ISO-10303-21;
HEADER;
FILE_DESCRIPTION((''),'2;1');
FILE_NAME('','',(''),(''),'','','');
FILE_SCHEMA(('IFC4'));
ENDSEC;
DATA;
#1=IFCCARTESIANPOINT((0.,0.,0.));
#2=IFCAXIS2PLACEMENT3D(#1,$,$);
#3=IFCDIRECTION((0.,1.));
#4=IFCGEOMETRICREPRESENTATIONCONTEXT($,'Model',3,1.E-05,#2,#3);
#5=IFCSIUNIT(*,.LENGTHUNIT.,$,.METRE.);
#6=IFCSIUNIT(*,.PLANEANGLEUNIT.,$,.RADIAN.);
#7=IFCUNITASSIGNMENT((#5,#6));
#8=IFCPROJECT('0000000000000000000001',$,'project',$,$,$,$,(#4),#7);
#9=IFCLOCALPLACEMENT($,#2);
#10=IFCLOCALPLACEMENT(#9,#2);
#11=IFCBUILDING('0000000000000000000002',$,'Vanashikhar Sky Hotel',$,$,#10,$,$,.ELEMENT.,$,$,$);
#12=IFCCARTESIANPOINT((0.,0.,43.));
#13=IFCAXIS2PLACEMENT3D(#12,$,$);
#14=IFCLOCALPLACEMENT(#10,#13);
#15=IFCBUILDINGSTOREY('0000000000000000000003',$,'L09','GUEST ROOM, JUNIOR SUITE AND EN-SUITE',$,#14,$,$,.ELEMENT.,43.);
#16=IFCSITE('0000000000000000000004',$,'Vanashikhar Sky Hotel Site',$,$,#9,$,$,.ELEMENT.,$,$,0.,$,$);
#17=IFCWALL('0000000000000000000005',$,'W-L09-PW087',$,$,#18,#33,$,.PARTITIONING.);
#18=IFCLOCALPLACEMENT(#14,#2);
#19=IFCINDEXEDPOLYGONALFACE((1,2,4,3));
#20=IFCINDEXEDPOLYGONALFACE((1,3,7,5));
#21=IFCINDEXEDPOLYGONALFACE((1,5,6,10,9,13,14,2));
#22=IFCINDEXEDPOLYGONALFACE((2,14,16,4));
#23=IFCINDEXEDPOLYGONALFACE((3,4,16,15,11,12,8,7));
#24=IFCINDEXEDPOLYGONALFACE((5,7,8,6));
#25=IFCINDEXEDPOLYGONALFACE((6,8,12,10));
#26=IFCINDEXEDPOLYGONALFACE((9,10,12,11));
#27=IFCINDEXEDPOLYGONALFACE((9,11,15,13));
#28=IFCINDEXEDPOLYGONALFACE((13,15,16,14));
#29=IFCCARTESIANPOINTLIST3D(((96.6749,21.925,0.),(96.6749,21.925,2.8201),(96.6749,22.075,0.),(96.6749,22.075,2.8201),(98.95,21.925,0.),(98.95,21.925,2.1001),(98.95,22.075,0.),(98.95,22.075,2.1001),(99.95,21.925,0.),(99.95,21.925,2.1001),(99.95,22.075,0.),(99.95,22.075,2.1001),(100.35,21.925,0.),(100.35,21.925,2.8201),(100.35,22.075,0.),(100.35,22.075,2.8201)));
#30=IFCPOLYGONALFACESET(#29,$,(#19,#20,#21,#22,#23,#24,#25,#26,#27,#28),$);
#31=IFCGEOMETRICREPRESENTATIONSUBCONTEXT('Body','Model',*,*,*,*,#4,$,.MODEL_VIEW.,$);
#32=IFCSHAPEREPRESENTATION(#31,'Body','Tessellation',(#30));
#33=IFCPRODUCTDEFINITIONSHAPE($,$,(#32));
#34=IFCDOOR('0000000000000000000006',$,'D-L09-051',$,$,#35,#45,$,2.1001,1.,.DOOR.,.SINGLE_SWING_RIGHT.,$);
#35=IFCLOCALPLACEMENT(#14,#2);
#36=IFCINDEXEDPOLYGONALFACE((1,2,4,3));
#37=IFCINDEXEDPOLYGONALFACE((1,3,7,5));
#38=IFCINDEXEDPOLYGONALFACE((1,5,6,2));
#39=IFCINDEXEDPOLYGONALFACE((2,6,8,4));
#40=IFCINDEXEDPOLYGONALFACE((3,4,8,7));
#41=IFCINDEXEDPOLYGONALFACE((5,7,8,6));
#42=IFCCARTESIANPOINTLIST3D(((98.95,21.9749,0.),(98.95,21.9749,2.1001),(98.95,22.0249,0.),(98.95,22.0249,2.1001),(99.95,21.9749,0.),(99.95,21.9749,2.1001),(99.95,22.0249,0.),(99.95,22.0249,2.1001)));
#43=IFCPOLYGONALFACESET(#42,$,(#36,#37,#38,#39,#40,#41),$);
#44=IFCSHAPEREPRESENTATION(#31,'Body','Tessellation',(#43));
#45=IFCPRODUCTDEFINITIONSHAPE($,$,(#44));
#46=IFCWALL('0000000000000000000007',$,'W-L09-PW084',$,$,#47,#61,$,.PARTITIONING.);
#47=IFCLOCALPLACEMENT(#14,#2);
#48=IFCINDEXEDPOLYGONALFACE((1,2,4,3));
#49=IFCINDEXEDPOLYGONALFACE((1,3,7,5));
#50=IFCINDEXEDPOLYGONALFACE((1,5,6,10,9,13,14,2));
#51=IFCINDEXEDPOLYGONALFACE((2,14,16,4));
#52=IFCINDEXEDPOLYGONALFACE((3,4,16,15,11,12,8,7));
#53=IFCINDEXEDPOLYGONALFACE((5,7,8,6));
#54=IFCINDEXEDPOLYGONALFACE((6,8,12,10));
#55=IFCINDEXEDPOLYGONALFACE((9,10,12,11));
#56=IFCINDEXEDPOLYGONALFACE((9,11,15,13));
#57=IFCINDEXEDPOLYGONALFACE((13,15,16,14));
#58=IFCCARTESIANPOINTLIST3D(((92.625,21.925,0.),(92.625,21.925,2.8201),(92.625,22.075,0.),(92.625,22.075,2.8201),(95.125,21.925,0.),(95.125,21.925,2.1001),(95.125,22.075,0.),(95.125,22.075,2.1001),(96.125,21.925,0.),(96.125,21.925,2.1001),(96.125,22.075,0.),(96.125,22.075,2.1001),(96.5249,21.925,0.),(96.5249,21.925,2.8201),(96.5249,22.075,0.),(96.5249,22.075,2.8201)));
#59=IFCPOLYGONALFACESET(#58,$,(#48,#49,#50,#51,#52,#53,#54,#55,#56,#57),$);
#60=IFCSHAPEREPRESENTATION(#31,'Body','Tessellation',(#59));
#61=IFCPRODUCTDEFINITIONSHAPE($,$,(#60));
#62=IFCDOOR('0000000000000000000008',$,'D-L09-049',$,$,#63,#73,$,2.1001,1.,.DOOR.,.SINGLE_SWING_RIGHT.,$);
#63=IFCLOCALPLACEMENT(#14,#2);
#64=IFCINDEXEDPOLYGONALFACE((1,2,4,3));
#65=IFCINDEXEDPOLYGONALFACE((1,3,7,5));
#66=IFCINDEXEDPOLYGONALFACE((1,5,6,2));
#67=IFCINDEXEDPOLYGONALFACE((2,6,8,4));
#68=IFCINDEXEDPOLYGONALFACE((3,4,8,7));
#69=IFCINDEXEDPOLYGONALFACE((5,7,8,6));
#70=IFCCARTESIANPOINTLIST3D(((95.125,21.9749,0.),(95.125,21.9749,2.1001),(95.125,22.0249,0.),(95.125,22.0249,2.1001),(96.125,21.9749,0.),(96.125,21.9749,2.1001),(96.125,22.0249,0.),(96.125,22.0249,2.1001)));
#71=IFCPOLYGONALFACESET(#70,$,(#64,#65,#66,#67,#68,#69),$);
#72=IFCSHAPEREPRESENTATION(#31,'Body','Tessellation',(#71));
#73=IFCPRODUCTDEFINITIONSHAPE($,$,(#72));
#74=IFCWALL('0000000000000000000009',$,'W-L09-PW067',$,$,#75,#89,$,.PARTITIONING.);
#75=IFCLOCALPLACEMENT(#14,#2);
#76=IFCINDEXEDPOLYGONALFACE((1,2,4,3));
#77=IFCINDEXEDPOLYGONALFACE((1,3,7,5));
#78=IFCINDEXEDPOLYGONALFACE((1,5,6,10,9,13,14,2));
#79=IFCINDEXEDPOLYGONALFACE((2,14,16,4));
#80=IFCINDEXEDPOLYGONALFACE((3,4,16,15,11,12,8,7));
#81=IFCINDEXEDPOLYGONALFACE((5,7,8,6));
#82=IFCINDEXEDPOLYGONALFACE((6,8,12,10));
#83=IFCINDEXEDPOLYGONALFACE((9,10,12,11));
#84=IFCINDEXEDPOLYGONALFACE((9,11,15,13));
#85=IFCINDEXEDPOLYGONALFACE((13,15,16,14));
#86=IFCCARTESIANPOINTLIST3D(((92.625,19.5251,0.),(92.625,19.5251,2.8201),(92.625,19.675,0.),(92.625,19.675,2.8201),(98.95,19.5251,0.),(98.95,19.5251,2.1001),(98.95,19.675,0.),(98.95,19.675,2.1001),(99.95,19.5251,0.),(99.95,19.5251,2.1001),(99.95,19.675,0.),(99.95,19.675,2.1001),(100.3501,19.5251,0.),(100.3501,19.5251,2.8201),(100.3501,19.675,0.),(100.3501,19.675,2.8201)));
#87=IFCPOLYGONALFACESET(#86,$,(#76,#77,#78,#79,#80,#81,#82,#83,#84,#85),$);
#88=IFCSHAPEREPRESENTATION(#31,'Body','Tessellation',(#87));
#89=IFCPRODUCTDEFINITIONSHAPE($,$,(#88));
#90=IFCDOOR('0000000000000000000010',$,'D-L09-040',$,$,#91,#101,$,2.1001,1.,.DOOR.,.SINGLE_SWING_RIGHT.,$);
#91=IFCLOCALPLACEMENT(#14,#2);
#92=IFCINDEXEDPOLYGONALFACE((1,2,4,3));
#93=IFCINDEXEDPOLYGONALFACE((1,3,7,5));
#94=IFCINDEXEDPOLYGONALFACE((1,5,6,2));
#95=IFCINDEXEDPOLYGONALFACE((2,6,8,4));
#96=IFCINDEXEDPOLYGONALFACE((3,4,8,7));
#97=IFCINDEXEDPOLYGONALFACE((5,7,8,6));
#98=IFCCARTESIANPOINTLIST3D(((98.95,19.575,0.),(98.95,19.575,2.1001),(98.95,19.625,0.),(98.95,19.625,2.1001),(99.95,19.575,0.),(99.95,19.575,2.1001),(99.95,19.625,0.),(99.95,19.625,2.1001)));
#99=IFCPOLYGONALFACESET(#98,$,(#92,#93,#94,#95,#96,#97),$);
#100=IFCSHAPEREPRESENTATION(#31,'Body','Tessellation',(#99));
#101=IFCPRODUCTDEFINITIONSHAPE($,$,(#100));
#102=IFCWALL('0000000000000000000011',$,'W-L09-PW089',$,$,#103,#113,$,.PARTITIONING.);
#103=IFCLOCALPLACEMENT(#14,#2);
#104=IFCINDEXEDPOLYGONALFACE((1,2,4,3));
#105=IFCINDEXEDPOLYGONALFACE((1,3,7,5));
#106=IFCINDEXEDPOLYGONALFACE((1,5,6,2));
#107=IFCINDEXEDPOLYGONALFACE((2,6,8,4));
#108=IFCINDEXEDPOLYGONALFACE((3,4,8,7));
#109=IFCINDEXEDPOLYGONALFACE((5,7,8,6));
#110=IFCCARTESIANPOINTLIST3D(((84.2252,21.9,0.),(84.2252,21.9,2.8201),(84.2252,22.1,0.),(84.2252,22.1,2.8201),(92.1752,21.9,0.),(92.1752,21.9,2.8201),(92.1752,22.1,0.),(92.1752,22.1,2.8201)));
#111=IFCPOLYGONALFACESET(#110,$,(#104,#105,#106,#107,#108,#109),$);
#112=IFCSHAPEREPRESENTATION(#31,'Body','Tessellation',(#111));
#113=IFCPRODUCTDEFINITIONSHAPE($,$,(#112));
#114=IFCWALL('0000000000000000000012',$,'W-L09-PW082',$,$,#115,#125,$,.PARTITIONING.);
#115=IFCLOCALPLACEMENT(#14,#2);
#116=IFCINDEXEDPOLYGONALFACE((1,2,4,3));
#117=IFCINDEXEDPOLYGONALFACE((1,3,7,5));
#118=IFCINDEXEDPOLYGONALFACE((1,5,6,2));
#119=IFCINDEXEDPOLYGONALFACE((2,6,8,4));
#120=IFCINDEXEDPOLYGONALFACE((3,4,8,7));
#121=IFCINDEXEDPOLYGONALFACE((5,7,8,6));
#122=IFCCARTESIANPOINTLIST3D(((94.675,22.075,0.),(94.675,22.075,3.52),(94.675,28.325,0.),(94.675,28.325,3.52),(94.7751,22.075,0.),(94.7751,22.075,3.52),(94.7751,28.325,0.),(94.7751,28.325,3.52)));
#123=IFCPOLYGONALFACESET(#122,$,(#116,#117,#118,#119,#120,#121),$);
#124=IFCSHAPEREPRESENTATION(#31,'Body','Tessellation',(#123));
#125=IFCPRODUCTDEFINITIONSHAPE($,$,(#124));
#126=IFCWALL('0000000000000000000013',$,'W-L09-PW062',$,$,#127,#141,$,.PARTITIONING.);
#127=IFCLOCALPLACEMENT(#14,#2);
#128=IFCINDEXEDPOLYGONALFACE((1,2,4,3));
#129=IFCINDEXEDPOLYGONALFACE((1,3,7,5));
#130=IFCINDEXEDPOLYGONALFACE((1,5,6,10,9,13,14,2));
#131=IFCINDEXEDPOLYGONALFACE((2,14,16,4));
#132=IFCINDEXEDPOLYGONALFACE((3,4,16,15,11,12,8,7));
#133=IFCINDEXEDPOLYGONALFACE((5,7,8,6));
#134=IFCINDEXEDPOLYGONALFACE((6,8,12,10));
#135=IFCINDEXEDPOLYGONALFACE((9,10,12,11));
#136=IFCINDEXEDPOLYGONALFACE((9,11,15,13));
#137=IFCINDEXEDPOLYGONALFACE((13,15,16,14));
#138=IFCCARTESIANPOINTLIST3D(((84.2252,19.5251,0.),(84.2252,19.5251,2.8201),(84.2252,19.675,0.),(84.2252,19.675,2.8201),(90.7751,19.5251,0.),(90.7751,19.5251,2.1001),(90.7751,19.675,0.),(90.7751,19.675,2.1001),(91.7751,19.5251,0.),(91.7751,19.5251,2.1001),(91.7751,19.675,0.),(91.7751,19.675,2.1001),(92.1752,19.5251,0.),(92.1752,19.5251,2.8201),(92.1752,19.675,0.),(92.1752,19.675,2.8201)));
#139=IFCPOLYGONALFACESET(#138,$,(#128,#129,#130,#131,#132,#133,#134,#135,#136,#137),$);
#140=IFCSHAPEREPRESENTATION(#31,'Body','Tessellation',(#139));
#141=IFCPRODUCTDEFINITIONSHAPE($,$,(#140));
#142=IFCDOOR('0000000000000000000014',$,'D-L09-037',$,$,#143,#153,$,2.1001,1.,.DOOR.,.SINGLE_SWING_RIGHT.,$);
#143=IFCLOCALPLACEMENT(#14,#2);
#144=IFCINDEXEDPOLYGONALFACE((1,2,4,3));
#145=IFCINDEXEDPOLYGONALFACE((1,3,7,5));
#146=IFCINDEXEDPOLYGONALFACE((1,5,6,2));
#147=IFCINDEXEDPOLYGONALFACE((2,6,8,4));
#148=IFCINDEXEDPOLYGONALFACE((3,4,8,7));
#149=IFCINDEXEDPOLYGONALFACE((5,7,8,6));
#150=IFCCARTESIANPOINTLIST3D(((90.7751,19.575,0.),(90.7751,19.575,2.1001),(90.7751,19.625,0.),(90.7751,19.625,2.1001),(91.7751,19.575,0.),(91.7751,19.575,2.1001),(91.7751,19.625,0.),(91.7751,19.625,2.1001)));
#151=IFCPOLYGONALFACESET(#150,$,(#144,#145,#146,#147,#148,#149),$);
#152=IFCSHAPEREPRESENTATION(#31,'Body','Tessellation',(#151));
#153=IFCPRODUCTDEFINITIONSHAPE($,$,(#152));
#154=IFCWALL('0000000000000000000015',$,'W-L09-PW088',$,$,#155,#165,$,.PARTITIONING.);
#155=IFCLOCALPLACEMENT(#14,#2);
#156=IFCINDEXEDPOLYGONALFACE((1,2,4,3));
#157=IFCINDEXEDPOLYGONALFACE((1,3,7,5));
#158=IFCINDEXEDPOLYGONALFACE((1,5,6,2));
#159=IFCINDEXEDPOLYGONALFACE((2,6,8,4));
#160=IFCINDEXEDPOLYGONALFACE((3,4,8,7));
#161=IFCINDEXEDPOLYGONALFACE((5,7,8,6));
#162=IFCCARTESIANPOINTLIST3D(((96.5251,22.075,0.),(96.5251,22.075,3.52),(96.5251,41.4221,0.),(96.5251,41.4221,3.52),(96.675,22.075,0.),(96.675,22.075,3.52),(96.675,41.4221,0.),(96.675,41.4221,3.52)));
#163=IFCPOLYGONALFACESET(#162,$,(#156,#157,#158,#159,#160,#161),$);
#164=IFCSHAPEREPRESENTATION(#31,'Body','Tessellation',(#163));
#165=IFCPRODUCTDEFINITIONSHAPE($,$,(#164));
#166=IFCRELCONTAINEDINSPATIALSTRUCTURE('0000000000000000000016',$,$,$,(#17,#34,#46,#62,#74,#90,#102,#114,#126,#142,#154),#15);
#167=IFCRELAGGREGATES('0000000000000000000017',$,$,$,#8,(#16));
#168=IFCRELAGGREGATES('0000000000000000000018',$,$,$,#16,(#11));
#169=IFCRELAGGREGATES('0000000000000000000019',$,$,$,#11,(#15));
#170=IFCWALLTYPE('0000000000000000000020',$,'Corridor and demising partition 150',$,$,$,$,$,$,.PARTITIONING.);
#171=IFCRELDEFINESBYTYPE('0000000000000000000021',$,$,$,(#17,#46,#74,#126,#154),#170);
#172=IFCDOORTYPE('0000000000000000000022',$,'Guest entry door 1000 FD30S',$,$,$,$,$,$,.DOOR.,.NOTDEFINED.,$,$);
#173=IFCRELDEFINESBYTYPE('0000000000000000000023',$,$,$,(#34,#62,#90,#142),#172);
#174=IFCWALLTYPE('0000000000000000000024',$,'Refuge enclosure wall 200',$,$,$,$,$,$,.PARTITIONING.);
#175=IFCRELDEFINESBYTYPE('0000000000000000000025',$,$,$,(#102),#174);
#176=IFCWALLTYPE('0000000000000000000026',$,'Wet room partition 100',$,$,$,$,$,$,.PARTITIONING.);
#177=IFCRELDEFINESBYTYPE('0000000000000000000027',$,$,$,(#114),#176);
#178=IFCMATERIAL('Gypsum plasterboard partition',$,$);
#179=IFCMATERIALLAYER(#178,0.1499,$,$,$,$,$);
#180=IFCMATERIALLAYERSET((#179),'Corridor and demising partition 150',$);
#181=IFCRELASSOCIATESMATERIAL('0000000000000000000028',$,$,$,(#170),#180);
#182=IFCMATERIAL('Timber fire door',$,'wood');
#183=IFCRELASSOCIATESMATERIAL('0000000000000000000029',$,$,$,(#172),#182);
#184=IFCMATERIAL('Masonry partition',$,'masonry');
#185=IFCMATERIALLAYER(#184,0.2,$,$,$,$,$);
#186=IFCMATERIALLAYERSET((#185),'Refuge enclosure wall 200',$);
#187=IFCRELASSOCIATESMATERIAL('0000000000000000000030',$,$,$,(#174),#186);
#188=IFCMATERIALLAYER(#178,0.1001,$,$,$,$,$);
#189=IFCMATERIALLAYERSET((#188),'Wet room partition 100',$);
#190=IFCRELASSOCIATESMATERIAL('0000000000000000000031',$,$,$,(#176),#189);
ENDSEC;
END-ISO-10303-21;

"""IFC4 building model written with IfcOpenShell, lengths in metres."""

from ifc_helpers import new_model, si_unit, direction, frame, frame_2d, origin, place, context, subcontext, project, spatial, rectangle, extrude, source, transform, mapped, material, layer, layer_set, type_object, element, fill, save


model = new_model("IFC4")

# Units and contexts
model_context = context("Model", 3, precision=1e-05, world=origin(), true_north=direction((0.0, 1.0)))
body_context = subcontext(model_context, "Body", "Model", "MODEL_VIEW")
ifc_project = project(units=[si_unit("LENGTHUNIT", "METRE"), si_unit("PLANEANGLEUNIT", "RADIAN")], contexts=[model_context])

# Site, building, storey
site_placement = place(None, origin())
site = spatial("IfcSite", under=ifc_project, at=site_placement, Name="Vanashikhar Sky Hotel Site", CompositionType="ELEMENT", RefElevation=0.0)
building_placement = place(site_placement, origin())
building = spatial("IfcBuilding", under=site, at=building_placement, Name="Vanashikhar Sky Hotel", CompositionType="ELEMENT")
storey_placement = place(building_placement, frame((0.0, 0.0, 43.0)))
storey = spatial("IfcBuildingStorey", under=building, at=storey_placement, Name="L09", Description="GUEST ROOM, JUNIOR SUITE AND EN-SUITE", CompositionType="ELEMENT", Elevation=43.0)

# Walls, openings, doors
ifc_material_1 = material(Name="Gypsum plasterboard partition")
ifc_layer_1 = layer(ifc_material_1, 0.1499)
ifc_layer_set_1 = layer_set([ifc_layer_1], Name="Corridor and demising partition 150")
wall_type_1 = type_object("IfcWallType", Name="Corridor and demising partition 150", PredefinedType="PARTITIONING", material=ifc_layer_set_1)
shared_shape_1 = source(origin(), body_context, "Body", "SweptSolid", [
    extrude(rectangle(XDim=3.675, YDim=0.1499, at=frame_2d((1.8374, 0.0))), origin(), (0.0, 0.0, 1.0), 2.8201),
])
wall_1_placement = place(storey_placement, frame((96.675, 22.0, 0.0), z_axis=(0.0, 0.0, 1.0), x_axis=(1.0, 0.0, 0.0)))
wall_1 = element("IfcWall", 1, at=wall_1_placement, inside=storey, type_object=wall_type_1, Name="W-L09-PW087", PredefinedType="PARTITIONING", context=body_context, shape_type="MappedRepresentation", body=[
    mapped(shared_shape_1, transform((0.0, 0.0, 0.0), scale=1.0)),
])
shared_shape_2 = source(origin(), body_context, "Body", "SweptSolid", [
    extrude(rectangle(XDim=1.0, YDim=2.1001, at=frame_2d((0.5, 1.05))), frame((0.0, 0.085, 0.0), z_axis=(0.0, -1.0, 0.0), x_axis=(1.0, 0.0, 0.0)), (0.0, 0.0, 1.0), 0.1699),
])
opening_1_placement = place(wall_1_placement, frame((2.2749, 0.0, 0.0)))
opening_1 = element("IfcOpeningElement", 2, at=opening_1_placement, cuts=wall_1, PredefinedType="OPENING", context=body_context, shape_type="MappedRepresentation", body=[
    mapped(shared_shape_2, transform((0.0, 0.0, 0.0), scale=1.0)),
])
ifc_material_2 = material(Name="Timber fire door", Category="wood")
door_type = type_object("IfcDoorType", Name="Guest entry door 1000 FD30S", OperationType="NOTDEFINED", PredefinedType="DOOR", material=ifc_material_2)
shared_shape_3 = source(origin(), body_context, "Body", "SweptSolid", [
    extrude(rectangle(XDim=1.0, YDim=2.1001, at=frame_2d((0.5, 1.05))), frame((0.0, 0.0249, 0.0), z_axis=(0.0, -1.0, 0.0), x_axis=(1.0, 0.0, 0.0)), (0.0, 0.0, 1.0), 0.05),
])
door_1_placement = place(opening_1_placement, origin())
door_1 = element("IfcDoor", 3, at=door_1_placement, inside=storey, type_object=door_type, Name="D-L09-051", OperationType="SINGLE_SWING_RIGHT", OverallHeight=2.1001, OverallWidth=1.0, PredefinedType="DOOR", context=body_context, shape_type="MappedRepresentation", body=[
    mapped(shared_shape_3, transform((0.0, 0.0, 0.0), scale=1.0)),
])
fill(opening_1, door_1)
shared_shape_4 = source(origin(), body_context, "Body", "SweptSolid", [
    extrude(rectangle(XDim=3.8999, YDim=0.1499, at=frame_2d((1.95, 0.0))), origin(), (0.0, 0.0, 1.0), 2.8201),
])
wall_2_placement = place(storey_placement, frame((92.625, 22.0, 0.0), z_axis=(0.0, 0.0, 1.0), x_axis=(1.0, 0.0, 0.0)))
wall_2 = element("IfcWall", 4, at=wall_2_placement, inside=storey, type_object=wall_type_1, Name="W-L09-PW084", PredefinedType="PARTITIONING", context=body_context, shape_type="MappedRepresentation", body=[
    mapped(shared_shape_4, transform((0.0, 0.0, 0.0), scale=1.0)),
])
opening_2_placement = place(wall_2_placement, frame((2.5, 0.0, 0.0)))
opening_2 = element("IfcOpeningElement", 5, at=opening_2_placement, cuts=wall_2, PredefinedType="OPENING", context=body_context, shape_type="MappedRepresentation", body=[
    mapped(shared_shape_2, transform((0.0, 0.0, 0.0), scale=1.0)),
])
door_2_placement = place(opening_2_placement, origin())
door_2 = element("IfcDoor", 6, at=door_2_placement, inside=storey, type_object=door_type, Name="D-L09-049", OperationType="SINGLE_SWING_RIGHT", OverallHeight=2.1001, OverallWidth=1.0, PredefinedType="DOOR", context=body_context, shape_type="MappedRepresentation", body=[
    mapped(shared_shape_3, transform((0.0, 0.0, 0.0), scale=1.0)),
])
fill(opening_2, door_2)
shared_shape_5 = source(origin(), body_context, "Body", "SweptSolid", [
    extrude(rectangle(XDim=7.7251, YDim=0.1499, at=frame_2d((3.8625, 0.0))), origin(), (0.0, 0.0, 1.0), 2.8201),
])
wall_3_placement = place(storey_placement, frame((92.625, 19.6001, 0.0), z_axis=(0.0, 0.0, 1.0), x_axis=(1.0, 0.0, 0.0)))
wall_3 = element("IfcWall", 7, at=wall_3_placement, inside=storey, type_object=wall_type_1, Name="W-L09-PW067", PredefinedType="PARTITIONING", context=body_context, shape_type="MappedRepresentation", body=[
    mapped(shared_shape_5, transform((0.0, 0.0, 0.0), scale=1.0)),
])
opening_3_placement = place(wall_3_placement, frame((6.325, 0.0, 0.0)))
opening_3 = element("IfcOpeningElement", 8, at=opening_3_placement, cuts=wall_3, PredefinedType="OPENING", context=body_context, shape_type="MappedRepresentation", body=[
    mapped(shared_shape_2, transform((0.0, 0.0, 0.0), scale=1.0)),
])
door_3_placement = place(opening_3_placement, origin())
door_3 = element("IfcDoor", 9, at=door_3_placement, inside=storey, type_object=door_type, Name="D-L09-040", OperationType="SINGLE_SWING_RIGHT", OverallHeight=2.1001, OverallWidth=1.0, PredefinedType="DOOR", context=body_context, shape_type="MappedRepresentation", body=[
    mapped(shared_shape_3, transform((0.0, 0.0, 0.0), scale=1.0)),
])
fill(opening_3, door_3)

# Walls
ifc_material_3 = material(Name="Masonry partition", Category="masonry")
ifc_layer_2 = layer(ifc_material_3, 0.2)
ifc_layer_set_2 = layer_set([ifc_layer_2], Name="Refuge enclosure wall 200")
wall_type_2 = type_object("IfcWallType", Name="Refuge enclosure wall 200", PredefinedType="PARTITIONING", material=ifc_layer_set_2)
shared_shape_6 = source(origin(), body_context, "Body", "SweptSolid", [
    extrude(rectangle(XDim=7.95, YDim=0.2, at=frame_2d((3.9751, 0.0))), origin(), (0.0, 0.0, 1.0), 2.8201),
])
wall_4_placement = place(storey_placement, frame((84.2251, 22.0, 0.0), z_axis=(0.0, 0.0, 1.0), x_axis=(1.0, 0.0, 0.0)))
element("IfcWall", 10, at=wall_4_placement, inside=storey, type_object=wall_type_2, Name="W-L09-PW089", PredefinedType="PARTITIONING", context=body_context, shape_type="MappedRepresentation", body=[
    mapped(shared_shape_6, transform((0.0, 0.0, 0.0), scale=1.0)),
])
ifc_layer_3 = layer(ifc_material_1, 0.1001)
ifc_layer_set_3 = layer_set([ifc_layer_3], Name="Wet room partition 100")
wall_type_3 = type_object("IfcWallType", Name="Wet room partition 100", PredefinedType="PARTITIONING", material=ifc_layer_set_3)
shared_shape_7 = source(origin(), body_context, "Body", "SweptSolid", [
    extrude(rectangle(XDim=6.25, YDim=0.1001, at=frame_2d((3.125, 0.0))), origin(), (0.0, 0.0, 1.0), 3.52),
])
wall_5_placement = place(storey_placement, frame((94.7251, 22.075, 0.0), z_axis=(0.0, 0.0, 1.0), x_axis=(0.0, 1.0, 0.0)))
element("IfcWall", 11, at=wall_5_placement, inside=storey, type_object=wall_type_3, Name="W-L09-PW082", PredefinedType="PARTITIONING", context=body_context, shape_type="MappedRepresentation", body=[
    mapped(shared_shape_7, transform((0.0, 0.0, 0.0), scale=1.0)),
])

# Wall, opening, door
shared_shape_8 = source(origin(), body_context, "Body", "SweptSolid", [
    extrude(rectangle(XDim=7.95, YDim=0.1499, at=frame_2d((3.9751, 0.0))), origin(), (0.0, 0.0, 1.0), 2.8201),
])
wall_6_placement = place(storey_placement, frame((84.2251, 19.6001, 0.0), z_axis=(0.0, 0.0, 1.0), x_axis=(1.0, 0.0, 0.0)))
wall_6 = element("IfcWall", 12, at=wall_6_placement, inside=storey, type_object=wall_type_1, Name="W-L09-PW062", PredefinedType="PARTITIONING", context=body_context, shape_type="MappedRepresentation", body=[
    mapped(shared_shape_8, transform((0.0, 0.0, 0.0), scale=1.0)),
])
opening_4_placement = place(wall_6_placement, frame((6.55, 0.0, 0.0)))
opening_4 = element("IfcOpeningElement", 13, at=opening_4_placement, cuts=wall_6, PredefinedType="OPENING", context=body_context, shape_type="MappedRepresentation", body=[
    mapped(shared_shape_2, transform((0.0, 0.0, 0.0), scale=1.0)),
])
door_4_placement = place(opening_4_placement, origin())
door_4 = element("IfcDoor", 14, at=door_4_placement, inside=storey, type_object=door_type, Name="D-L09-037", OperationType="SINGLE_SWING_RIGHT", OverallHeight=2.1001, OverallWidth=1.0, PredefinedType="DOOR", context=body_context, shape_type="MappedRepresentation", body=[
    mapped(shared_shape_3, transform((0.0, 0.0, 0.0), scale=1.0)),
])
fill(opening_4, door_4)

# Wall
shared_shape_9 = source(origin(), body_context, "Body", "SweptSolid", [
    extrude(rectangle(XDim=19.3472, YDim=0.1499, at=frame_2d((9.6736, 0.0))), origin(), (0.0, 0.0, 1.0), 3.52),
])
wall_7_placement = place(storey_placement, frame((96.6001, 22.075, 0.0), z_axis=(0.0, 0.0, 1.0), x_axis=(0.0, 1.0, 0.0)))
element("IfcWall", 15, at=wall_7_placement, inside=storey, type_object=wall_type_1, Name="W-L09-PW088", PredefinedType="PARTITIONING", context=body_context, shape_type="MappedRepresentation", body=[
    mapped(shared_shape_9, transform((0.0, 0.0, 0.0), scale=1.0)),
])

save(model, "model.ifc")
